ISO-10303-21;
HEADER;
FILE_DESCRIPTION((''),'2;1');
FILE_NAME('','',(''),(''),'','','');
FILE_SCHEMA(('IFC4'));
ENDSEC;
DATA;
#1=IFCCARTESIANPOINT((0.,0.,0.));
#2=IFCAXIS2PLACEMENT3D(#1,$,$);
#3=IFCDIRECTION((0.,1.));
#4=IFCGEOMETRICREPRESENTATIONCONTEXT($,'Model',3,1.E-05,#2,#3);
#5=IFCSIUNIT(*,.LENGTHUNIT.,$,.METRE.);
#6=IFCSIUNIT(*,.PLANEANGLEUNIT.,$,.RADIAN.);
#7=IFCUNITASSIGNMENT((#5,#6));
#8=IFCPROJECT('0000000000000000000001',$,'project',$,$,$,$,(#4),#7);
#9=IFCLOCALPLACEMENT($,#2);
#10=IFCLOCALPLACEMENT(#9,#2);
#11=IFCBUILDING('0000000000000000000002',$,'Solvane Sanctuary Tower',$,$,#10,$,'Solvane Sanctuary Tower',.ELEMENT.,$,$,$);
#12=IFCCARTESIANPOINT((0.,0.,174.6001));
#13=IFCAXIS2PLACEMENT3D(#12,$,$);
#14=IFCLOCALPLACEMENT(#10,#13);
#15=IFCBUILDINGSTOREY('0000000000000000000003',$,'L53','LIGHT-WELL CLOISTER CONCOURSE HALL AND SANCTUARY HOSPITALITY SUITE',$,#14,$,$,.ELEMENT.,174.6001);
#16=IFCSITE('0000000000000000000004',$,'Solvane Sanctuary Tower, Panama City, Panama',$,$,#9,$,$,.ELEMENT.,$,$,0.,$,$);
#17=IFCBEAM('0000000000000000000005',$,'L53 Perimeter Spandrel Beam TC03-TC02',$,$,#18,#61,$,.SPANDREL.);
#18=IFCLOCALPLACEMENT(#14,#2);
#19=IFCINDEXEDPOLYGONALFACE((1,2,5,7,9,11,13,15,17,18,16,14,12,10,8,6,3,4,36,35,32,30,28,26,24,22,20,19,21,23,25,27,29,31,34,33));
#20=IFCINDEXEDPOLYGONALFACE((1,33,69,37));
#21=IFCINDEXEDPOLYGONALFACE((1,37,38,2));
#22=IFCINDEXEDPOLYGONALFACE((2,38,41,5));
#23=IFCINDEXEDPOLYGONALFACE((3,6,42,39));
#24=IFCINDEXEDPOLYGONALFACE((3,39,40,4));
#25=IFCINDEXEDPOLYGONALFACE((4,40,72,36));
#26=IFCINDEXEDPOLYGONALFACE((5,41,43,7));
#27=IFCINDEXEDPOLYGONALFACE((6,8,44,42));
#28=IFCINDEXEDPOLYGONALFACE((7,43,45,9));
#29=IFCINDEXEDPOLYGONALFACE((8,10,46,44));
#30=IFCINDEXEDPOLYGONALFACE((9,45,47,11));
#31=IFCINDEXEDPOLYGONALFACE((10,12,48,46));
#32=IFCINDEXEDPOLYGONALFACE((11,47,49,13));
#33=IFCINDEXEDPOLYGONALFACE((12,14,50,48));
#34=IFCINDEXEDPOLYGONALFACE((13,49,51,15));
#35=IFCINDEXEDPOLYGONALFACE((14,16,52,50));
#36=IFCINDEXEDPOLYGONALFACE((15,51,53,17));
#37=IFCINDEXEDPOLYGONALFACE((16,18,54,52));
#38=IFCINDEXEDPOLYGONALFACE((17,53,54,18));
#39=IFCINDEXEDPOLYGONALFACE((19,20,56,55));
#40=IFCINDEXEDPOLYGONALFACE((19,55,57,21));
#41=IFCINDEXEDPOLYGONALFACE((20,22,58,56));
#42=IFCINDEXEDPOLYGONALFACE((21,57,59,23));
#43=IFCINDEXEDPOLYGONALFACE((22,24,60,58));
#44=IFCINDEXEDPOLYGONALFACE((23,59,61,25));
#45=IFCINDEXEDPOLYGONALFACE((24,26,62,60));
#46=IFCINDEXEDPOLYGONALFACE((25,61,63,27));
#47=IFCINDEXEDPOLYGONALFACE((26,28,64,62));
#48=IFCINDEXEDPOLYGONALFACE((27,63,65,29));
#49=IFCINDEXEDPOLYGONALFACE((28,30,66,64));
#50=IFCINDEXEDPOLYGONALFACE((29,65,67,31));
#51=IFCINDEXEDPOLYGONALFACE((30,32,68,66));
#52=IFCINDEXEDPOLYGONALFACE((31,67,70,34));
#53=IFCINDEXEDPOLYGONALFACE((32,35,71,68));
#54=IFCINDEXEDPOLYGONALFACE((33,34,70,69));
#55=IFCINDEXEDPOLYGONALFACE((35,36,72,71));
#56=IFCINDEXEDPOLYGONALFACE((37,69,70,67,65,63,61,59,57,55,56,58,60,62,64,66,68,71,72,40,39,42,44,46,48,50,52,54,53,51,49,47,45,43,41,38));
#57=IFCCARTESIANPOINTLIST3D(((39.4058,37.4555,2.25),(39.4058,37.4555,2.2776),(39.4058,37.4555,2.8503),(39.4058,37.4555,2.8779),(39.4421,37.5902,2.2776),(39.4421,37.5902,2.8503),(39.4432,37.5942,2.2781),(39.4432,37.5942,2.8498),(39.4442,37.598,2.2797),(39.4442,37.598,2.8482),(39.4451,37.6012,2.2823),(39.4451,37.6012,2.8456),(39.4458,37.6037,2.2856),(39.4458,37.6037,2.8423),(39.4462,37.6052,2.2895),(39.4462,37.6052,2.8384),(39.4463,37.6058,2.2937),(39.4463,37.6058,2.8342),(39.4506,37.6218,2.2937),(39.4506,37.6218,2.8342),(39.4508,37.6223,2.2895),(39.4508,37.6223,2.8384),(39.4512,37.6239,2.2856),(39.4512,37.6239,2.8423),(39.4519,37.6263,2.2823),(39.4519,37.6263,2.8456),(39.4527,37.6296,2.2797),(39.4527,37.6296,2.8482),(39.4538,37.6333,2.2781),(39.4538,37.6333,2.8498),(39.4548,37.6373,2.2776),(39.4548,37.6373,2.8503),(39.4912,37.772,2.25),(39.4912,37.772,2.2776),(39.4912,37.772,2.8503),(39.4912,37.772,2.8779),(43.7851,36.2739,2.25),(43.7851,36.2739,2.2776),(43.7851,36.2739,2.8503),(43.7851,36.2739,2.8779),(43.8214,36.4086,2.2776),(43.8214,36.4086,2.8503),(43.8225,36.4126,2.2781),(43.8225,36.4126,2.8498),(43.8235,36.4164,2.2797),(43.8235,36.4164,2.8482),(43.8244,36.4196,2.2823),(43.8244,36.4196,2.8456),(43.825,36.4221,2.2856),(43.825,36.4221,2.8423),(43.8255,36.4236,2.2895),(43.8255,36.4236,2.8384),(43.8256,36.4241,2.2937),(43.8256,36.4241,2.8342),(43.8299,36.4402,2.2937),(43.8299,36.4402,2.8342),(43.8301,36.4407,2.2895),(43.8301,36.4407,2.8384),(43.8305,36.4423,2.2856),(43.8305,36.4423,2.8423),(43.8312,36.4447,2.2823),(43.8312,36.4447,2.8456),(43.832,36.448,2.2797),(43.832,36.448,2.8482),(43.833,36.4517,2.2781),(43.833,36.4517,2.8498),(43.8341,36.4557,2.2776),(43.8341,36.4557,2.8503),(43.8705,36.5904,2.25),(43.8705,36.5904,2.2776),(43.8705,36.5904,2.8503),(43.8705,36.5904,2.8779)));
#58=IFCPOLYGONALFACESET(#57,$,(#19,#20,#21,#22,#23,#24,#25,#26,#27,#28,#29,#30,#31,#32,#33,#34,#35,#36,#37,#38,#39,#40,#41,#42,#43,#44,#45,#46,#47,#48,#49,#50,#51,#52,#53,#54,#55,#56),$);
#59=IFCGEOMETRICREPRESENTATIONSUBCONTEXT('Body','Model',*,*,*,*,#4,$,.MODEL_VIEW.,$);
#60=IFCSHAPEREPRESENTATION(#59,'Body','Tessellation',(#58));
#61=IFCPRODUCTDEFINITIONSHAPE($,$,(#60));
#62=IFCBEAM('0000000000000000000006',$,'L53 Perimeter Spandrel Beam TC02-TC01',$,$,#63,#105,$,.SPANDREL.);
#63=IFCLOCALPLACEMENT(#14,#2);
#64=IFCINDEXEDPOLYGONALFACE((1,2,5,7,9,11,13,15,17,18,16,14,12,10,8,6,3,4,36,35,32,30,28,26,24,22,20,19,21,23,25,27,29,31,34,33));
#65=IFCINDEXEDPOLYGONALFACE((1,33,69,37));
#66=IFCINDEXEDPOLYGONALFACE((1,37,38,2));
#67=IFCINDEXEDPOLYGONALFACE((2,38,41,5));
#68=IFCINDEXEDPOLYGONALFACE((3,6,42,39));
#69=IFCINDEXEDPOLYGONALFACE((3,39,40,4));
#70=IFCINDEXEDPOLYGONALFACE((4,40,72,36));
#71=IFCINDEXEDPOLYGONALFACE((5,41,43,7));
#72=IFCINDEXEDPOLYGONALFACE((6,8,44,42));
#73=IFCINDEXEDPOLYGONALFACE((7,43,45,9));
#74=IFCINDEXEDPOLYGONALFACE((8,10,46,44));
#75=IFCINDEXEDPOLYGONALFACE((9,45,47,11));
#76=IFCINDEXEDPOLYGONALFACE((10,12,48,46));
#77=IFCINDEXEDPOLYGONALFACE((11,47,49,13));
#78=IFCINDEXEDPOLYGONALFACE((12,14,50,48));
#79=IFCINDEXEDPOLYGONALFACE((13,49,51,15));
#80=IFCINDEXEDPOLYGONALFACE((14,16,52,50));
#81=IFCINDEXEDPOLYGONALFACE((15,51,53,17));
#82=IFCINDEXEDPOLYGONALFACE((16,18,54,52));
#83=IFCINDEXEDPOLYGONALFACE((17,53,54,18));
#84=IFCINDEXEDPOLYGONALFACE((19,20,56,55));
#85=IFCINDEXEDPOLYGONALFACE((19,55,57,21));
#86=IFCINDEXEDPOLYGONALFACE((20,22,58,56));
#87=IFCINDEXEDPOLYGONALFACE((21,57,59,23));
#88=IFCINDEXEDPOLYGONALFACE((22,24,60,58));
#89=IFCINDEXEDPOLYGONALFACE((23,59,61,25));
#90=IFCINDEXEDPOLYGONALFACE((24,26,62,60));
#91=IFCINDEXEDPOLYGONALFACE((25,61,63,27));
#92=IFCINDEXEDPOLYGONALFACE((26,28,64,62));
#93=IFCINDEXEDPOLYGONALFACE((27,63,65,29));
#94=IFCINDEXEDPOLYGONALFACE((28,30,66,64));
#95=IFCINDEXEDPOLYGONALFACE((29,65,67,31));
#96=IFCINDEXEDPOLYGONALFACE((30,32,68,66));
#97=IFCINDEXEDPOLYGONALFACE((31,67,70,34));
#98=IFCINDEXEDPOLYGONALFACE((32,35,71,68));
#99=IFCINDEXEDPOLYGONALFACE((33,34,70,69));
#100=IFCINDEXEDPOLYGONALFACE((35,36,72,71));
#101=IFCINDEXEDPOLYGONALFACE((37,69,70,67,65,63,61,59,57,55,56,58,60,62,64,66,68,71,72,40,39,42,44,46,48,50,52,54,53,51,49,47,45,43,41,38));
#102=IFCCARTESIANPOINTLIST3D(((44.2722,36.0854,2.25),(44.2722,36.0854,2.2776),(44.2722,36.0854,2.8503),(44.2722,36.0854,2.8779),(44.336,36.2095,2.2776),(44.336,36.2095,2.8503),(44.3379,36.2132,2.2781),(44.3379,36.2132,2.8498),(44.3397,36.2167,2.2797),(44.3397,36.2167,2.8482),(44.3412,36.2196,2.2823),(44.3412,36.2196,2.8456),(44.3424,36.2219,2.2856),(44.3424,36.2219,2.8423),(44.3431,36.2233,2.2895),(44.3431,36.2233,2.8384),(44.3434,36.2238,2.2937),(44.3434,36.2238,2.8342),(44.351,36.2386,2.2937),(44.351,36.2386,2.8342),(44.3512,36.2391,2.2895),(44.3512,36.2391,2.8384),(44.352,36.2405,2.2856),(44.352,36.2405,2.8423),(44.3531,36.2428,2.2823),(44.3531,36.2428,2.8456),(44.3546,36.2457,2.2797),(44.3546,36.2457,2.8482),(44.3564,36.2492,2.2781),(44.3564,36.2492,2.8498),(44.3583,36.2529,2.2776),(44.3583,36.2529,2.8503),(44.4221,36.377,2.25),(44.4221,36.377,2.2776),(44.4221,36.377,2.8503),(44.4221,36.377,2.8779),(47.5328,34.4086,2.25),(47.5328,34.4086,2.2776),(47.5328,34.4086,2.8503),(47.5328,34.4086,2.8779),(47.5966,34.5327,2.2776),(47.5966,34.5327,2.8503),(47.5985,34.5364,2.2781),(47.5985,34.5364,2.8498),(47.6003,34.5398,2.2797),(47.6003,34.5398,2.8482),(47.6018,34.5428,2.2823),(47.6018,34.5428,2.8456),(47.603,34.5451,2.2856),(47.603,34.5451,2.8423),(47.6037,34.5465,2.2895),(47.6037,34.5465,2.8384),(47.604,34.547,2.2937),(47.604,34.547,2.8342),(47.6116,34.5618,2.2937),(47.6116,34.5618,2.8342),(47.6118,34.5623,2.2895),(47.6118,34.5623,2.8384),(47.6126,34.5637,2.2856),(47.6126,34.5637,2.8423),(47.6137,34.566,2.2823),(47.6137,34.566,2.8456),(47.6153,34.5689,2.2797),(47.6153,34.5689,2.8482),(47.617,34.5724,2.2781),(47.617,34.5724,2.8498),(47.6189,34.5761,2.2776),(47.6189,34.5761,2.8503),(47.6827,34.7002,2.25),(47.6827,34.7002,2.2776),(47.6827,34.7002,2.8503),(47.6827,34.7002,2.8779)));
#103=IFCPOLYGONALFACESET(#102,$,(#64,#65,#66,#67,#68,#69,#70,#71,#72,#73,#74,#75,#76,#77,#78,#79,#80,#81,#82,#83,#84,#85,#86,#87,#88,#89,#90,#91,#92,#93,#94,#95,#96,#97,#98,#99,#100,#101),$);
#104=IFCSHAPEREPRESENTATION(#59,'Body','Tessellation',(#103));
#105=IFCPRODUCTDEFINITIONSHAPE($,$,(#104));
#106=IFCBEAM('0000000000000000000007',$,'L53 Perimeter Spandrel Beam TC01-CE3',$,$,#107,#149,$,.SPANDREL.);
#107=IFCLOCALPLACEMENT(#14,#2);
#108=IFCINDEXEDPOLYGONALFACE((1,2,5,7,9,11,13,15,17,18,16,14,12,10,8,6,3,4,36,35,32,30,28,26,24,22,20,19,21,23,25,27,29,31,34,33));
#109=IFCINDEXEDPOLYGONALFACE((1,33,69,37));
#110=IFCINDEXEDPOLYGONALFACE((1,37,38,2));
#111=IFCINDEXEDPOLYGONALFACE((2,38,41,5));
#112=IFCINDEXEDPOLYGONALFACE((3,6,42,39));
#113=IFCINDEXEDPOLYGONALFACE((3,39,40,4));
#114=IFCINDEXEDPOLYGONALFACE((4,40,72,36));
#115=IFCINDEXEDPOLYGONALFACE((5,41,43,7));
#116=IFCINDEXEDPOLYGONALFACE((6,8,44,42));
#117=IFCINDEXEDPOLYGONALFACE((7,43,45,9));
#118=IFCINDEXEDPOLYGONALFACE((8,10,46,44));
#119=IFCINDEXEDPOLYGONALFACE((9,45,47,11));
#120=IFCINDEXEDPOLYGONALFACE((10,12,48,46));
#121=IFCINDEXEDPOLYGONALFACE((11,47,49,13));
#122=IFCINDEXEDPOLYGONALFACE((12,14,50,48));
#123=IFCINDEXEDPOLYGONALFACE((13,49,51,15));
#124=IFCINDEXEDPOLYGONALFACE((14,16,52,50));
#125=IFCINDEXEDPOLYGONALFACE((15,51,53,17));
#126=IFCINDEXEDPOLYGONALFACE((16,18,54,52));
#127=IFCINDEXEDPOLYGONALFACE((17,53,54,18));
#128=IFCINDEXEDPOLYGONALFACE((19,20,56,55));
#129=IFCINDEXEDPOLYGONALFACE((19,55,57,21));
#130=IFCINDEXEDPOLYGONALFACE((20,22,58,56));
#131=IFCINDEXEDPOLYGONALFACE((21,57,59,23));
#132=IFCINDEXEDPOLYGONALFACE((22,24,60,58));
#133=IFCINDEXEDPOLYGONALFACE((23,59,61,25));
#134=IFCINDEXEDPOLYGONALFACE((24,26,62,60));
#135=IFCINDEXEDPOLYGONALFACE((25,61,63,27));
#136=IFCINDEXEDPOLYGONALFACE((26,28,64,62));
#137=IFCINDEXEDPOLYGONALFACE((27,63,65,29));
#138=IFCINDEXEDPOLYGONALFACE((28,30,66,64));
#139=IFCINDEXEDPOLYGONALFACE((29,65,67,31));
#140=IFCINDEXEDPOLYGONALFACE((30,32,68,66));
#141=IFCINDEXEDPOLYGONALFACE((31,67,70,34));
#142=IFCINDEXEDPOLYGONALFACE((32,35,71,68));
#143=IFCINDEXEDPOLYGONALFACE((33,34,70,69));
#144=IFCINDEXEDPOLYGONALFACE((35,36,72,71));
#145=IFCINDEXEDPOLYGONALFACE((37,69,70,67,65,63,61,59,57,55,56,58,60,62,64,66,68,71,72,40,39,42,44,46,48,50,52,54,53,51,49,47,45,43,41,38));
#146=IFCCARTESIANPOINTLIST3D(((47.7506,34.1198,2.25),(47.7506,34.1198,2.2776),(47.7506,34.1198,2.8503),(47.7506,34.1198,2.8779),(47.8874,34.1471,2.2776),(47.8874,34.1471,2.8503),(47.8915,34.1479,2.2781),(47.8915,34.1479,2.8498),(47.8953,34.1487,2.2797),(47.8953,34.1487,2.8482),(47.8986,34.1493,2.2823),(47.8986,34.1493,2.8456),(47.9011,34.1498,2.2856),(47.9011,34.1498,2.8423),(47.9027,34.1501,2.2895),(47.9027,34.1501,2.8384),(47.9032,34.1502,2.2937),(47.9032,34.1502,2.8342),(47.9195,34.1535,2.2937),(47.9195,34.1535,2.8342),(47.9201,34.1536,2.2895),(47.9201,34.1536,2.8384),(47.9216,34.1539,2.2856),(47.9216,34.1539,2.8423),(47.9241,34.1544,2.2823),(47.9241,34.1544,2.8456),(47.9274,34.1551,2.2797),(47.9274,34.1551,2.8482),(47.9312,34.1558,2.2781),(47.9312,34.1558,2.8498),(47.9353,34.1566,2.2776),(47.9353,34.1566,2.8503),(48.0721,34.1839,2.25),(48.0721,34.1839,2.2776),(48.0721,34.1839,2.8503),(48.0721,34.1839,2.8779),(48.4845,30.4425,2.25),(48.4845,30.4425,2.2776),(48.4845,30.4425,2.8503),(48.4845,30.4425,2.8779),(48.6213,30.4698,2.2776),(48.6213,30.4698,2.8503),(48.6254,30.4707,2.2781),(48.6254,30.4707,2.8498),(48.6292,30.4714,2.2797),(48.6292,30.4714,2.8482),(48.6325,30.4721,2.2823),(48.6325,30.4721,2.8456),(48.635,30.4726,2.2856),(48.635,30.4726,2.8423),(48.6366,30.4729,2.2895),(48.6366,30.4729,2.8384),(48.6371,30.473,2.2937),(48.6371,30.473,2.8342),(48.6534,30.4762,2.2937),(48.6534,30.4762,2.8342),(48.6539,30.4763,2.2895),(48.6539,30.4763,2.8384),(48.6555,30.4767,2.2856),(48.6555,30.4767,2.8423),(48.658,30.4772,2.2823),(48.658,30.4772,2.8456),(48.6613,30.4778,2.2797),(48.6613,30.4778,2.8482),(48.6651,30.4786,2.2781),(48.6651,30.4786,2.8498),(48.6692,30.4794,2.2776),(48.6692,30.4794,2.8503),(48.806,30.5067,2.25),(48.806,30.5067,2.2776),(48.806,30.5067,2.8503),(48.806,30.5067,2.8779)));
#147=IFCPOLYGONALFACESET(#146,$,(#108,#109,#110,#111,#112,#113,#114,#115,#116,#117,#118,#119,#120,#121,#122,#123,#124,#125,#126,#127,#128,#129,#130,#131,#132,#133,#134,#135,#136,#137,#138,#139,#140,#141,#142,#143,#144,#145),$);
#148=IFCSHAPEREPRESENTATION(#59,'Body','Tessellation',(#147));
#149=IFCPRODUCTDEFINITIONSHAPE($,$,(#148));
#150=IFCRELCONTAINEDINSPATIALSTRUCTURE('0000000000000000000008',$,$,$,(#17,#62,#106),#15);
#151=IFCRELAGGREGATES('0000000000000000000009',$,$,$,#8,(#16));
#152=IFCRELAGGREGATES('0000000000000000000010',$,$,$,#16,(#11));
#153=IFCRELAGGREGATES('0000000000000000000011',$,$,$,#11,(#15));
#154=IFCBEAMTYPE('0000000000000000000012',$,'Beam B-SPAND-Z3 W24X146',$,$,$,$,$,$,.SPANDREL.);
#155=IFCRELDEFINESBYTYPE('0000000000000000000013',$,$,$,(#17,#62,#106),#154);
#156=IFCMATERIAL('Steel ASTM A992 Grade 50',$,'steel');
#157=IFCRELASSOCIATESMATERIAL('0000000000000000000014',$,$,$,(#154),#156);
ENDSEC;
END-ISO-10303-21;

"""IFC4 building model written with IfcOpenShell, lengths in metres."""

from ifc_helpers import new_model, si_unit, direction, frame, origin, origin_2d, place, context, subcontext, project, spatial, i_section, extrude, material, material_profile, profile_set, type_object, element, save


model = new_model("IFC4")

# Units and contexts
model_context = context("Model", 3, precision=1e-05, world=origin(), true_north=direction((0.0, 1.0)))
body_context = subcontext(model_context, "Body", "Model", "MODEL_VIEW")
ifc_project = project(units=[si_unit("LENGTHUNIT", "METRE"), si_unit("PLANEANGLEUNIT", "RADIAN")], contexts=[model_context])

# Site, building, storey
site_placement = place(None, origin())
site = spatial("IfcSite", under=ifc_project, at=site_placement, Name="Solvane Sanctuary Tower, Panama City, Panama", CompositionType="ELEMENT", RefElevation=0.0)
building_placement = place(site_placement, origin())
building = spatial("IfcBuilding", under=site, at=building_placement, Name="Solvane Sanctuary Tower", LongName="Solvane Sanctuary Tower", CompositionType="ELEMENT")
storey_placement = place(building_placement, frame((0.0, 0.0, 174.6001)))
storey = spatial("IfcBuildingStorey", under=building, at=storey_placement, Name="L53", Description="LIGHT-WELL CLOISTER CONCOURSE HALL AND SANCTUARY HOSPITALITY SUITE", CompositionType="ELEMENT", Elevation=174.6001)

# Beams
ifc_material_1 = material(Name="Steel ASTM A992 Grade 50", Category="steel")
ifc_material_profile_1 = material_profile(ifc_material_1, i_section(OverallWidth=0.3279, OverallDepth=0.6279, WebThickness=0.0166, FlangeThickness=0.0276, FilletRadius=0.0161, at=origin_2d()), Name="W24X146")
ifc_profile_set_1 = profile_set([ifc_material_profile_1], Name="Steel ASTM A992 Grade 50")
beam_type_1 = type_object("IfcBeamType", Name="Beam B-SPAND-Z3 W24X146", PredefinedType="SPANDREL", material=ifc_profile_set_1)
beam_1_placement = place(storey_placement, frame((39.4485, 37.6138, 2.564), z_axis=(0.965473, -0.260502, 0.0), x_axis=(0.260502, 0.965473, 0.0)))
element("IfcBeam", 1, at=beam_1_placement, inside=storey, type_object=beam_type_1, Name="L53 Perimeter Spandrel Beam TC03-TC02", PredefinedType="SPANDREL", context=body_context, shape_type="SweptSolid", body=[
    extrude(i_section(OverallWidth=0.3279, OverallDepth=0.6279, WebThickness=0.0166, FlangeThickness=0.0276, FilletRadius=0.0161, at=origin_2d()), origin(), (0.0, 0.0, 1.0), 4.5359),
])
beam_2_placement = place(storey_placement, frame((44.3472, 36.2312, 2.564), z_axis=(0.889296, -0.457333, 0.0), x_axis=(0.457333, 0.889296, 0.0)))
element("IfcBeam", 2, at=beam_2_placement, inside=storey, type_object=beam_type_1, Name="L53 Perimeter Spandrel Beam TC02-TC01", PredefinedType="SPANDREL", context=body_context, shape_type="SweptSolid", body=[
    extrude(i_section(OverallWidth=0.3279, OverallDepth=0.6279, WebThickness=0.0166, FlangeThickness=0.0276, FilletRadius=0.0161, at=origin_2d()), origin(), (0.0, 0.0, 1.0), 3.6665),
])
beam_3_placement = place(storey_placement, frame((47.9114, 34.1519, 2.564), z_axis=(0.195715, -0.980661, 0.0), x_axis=(0.980661, 0.195715, 0.0)))
element("IfcBeam", 3, at=beam_3_placement, inside=storey, type_object=beam_type_1, Name="L53 Perimeter Spandrel Beam TC01-CE3", PredefinedType="SPANDREL", context=body_context, shape_type="SweptSolid", body=[
    extrude(i_section(OverallWidth=0.3279, OverallDepth=0.6279, WebThickness=0.0166, FlangeThickness=0.0276, FilletRadius=0.0161, at=origin_2d()), origin(), (0.0, 0.0, 1.0), 3.7498),
])

save(model, "model.ifc")
